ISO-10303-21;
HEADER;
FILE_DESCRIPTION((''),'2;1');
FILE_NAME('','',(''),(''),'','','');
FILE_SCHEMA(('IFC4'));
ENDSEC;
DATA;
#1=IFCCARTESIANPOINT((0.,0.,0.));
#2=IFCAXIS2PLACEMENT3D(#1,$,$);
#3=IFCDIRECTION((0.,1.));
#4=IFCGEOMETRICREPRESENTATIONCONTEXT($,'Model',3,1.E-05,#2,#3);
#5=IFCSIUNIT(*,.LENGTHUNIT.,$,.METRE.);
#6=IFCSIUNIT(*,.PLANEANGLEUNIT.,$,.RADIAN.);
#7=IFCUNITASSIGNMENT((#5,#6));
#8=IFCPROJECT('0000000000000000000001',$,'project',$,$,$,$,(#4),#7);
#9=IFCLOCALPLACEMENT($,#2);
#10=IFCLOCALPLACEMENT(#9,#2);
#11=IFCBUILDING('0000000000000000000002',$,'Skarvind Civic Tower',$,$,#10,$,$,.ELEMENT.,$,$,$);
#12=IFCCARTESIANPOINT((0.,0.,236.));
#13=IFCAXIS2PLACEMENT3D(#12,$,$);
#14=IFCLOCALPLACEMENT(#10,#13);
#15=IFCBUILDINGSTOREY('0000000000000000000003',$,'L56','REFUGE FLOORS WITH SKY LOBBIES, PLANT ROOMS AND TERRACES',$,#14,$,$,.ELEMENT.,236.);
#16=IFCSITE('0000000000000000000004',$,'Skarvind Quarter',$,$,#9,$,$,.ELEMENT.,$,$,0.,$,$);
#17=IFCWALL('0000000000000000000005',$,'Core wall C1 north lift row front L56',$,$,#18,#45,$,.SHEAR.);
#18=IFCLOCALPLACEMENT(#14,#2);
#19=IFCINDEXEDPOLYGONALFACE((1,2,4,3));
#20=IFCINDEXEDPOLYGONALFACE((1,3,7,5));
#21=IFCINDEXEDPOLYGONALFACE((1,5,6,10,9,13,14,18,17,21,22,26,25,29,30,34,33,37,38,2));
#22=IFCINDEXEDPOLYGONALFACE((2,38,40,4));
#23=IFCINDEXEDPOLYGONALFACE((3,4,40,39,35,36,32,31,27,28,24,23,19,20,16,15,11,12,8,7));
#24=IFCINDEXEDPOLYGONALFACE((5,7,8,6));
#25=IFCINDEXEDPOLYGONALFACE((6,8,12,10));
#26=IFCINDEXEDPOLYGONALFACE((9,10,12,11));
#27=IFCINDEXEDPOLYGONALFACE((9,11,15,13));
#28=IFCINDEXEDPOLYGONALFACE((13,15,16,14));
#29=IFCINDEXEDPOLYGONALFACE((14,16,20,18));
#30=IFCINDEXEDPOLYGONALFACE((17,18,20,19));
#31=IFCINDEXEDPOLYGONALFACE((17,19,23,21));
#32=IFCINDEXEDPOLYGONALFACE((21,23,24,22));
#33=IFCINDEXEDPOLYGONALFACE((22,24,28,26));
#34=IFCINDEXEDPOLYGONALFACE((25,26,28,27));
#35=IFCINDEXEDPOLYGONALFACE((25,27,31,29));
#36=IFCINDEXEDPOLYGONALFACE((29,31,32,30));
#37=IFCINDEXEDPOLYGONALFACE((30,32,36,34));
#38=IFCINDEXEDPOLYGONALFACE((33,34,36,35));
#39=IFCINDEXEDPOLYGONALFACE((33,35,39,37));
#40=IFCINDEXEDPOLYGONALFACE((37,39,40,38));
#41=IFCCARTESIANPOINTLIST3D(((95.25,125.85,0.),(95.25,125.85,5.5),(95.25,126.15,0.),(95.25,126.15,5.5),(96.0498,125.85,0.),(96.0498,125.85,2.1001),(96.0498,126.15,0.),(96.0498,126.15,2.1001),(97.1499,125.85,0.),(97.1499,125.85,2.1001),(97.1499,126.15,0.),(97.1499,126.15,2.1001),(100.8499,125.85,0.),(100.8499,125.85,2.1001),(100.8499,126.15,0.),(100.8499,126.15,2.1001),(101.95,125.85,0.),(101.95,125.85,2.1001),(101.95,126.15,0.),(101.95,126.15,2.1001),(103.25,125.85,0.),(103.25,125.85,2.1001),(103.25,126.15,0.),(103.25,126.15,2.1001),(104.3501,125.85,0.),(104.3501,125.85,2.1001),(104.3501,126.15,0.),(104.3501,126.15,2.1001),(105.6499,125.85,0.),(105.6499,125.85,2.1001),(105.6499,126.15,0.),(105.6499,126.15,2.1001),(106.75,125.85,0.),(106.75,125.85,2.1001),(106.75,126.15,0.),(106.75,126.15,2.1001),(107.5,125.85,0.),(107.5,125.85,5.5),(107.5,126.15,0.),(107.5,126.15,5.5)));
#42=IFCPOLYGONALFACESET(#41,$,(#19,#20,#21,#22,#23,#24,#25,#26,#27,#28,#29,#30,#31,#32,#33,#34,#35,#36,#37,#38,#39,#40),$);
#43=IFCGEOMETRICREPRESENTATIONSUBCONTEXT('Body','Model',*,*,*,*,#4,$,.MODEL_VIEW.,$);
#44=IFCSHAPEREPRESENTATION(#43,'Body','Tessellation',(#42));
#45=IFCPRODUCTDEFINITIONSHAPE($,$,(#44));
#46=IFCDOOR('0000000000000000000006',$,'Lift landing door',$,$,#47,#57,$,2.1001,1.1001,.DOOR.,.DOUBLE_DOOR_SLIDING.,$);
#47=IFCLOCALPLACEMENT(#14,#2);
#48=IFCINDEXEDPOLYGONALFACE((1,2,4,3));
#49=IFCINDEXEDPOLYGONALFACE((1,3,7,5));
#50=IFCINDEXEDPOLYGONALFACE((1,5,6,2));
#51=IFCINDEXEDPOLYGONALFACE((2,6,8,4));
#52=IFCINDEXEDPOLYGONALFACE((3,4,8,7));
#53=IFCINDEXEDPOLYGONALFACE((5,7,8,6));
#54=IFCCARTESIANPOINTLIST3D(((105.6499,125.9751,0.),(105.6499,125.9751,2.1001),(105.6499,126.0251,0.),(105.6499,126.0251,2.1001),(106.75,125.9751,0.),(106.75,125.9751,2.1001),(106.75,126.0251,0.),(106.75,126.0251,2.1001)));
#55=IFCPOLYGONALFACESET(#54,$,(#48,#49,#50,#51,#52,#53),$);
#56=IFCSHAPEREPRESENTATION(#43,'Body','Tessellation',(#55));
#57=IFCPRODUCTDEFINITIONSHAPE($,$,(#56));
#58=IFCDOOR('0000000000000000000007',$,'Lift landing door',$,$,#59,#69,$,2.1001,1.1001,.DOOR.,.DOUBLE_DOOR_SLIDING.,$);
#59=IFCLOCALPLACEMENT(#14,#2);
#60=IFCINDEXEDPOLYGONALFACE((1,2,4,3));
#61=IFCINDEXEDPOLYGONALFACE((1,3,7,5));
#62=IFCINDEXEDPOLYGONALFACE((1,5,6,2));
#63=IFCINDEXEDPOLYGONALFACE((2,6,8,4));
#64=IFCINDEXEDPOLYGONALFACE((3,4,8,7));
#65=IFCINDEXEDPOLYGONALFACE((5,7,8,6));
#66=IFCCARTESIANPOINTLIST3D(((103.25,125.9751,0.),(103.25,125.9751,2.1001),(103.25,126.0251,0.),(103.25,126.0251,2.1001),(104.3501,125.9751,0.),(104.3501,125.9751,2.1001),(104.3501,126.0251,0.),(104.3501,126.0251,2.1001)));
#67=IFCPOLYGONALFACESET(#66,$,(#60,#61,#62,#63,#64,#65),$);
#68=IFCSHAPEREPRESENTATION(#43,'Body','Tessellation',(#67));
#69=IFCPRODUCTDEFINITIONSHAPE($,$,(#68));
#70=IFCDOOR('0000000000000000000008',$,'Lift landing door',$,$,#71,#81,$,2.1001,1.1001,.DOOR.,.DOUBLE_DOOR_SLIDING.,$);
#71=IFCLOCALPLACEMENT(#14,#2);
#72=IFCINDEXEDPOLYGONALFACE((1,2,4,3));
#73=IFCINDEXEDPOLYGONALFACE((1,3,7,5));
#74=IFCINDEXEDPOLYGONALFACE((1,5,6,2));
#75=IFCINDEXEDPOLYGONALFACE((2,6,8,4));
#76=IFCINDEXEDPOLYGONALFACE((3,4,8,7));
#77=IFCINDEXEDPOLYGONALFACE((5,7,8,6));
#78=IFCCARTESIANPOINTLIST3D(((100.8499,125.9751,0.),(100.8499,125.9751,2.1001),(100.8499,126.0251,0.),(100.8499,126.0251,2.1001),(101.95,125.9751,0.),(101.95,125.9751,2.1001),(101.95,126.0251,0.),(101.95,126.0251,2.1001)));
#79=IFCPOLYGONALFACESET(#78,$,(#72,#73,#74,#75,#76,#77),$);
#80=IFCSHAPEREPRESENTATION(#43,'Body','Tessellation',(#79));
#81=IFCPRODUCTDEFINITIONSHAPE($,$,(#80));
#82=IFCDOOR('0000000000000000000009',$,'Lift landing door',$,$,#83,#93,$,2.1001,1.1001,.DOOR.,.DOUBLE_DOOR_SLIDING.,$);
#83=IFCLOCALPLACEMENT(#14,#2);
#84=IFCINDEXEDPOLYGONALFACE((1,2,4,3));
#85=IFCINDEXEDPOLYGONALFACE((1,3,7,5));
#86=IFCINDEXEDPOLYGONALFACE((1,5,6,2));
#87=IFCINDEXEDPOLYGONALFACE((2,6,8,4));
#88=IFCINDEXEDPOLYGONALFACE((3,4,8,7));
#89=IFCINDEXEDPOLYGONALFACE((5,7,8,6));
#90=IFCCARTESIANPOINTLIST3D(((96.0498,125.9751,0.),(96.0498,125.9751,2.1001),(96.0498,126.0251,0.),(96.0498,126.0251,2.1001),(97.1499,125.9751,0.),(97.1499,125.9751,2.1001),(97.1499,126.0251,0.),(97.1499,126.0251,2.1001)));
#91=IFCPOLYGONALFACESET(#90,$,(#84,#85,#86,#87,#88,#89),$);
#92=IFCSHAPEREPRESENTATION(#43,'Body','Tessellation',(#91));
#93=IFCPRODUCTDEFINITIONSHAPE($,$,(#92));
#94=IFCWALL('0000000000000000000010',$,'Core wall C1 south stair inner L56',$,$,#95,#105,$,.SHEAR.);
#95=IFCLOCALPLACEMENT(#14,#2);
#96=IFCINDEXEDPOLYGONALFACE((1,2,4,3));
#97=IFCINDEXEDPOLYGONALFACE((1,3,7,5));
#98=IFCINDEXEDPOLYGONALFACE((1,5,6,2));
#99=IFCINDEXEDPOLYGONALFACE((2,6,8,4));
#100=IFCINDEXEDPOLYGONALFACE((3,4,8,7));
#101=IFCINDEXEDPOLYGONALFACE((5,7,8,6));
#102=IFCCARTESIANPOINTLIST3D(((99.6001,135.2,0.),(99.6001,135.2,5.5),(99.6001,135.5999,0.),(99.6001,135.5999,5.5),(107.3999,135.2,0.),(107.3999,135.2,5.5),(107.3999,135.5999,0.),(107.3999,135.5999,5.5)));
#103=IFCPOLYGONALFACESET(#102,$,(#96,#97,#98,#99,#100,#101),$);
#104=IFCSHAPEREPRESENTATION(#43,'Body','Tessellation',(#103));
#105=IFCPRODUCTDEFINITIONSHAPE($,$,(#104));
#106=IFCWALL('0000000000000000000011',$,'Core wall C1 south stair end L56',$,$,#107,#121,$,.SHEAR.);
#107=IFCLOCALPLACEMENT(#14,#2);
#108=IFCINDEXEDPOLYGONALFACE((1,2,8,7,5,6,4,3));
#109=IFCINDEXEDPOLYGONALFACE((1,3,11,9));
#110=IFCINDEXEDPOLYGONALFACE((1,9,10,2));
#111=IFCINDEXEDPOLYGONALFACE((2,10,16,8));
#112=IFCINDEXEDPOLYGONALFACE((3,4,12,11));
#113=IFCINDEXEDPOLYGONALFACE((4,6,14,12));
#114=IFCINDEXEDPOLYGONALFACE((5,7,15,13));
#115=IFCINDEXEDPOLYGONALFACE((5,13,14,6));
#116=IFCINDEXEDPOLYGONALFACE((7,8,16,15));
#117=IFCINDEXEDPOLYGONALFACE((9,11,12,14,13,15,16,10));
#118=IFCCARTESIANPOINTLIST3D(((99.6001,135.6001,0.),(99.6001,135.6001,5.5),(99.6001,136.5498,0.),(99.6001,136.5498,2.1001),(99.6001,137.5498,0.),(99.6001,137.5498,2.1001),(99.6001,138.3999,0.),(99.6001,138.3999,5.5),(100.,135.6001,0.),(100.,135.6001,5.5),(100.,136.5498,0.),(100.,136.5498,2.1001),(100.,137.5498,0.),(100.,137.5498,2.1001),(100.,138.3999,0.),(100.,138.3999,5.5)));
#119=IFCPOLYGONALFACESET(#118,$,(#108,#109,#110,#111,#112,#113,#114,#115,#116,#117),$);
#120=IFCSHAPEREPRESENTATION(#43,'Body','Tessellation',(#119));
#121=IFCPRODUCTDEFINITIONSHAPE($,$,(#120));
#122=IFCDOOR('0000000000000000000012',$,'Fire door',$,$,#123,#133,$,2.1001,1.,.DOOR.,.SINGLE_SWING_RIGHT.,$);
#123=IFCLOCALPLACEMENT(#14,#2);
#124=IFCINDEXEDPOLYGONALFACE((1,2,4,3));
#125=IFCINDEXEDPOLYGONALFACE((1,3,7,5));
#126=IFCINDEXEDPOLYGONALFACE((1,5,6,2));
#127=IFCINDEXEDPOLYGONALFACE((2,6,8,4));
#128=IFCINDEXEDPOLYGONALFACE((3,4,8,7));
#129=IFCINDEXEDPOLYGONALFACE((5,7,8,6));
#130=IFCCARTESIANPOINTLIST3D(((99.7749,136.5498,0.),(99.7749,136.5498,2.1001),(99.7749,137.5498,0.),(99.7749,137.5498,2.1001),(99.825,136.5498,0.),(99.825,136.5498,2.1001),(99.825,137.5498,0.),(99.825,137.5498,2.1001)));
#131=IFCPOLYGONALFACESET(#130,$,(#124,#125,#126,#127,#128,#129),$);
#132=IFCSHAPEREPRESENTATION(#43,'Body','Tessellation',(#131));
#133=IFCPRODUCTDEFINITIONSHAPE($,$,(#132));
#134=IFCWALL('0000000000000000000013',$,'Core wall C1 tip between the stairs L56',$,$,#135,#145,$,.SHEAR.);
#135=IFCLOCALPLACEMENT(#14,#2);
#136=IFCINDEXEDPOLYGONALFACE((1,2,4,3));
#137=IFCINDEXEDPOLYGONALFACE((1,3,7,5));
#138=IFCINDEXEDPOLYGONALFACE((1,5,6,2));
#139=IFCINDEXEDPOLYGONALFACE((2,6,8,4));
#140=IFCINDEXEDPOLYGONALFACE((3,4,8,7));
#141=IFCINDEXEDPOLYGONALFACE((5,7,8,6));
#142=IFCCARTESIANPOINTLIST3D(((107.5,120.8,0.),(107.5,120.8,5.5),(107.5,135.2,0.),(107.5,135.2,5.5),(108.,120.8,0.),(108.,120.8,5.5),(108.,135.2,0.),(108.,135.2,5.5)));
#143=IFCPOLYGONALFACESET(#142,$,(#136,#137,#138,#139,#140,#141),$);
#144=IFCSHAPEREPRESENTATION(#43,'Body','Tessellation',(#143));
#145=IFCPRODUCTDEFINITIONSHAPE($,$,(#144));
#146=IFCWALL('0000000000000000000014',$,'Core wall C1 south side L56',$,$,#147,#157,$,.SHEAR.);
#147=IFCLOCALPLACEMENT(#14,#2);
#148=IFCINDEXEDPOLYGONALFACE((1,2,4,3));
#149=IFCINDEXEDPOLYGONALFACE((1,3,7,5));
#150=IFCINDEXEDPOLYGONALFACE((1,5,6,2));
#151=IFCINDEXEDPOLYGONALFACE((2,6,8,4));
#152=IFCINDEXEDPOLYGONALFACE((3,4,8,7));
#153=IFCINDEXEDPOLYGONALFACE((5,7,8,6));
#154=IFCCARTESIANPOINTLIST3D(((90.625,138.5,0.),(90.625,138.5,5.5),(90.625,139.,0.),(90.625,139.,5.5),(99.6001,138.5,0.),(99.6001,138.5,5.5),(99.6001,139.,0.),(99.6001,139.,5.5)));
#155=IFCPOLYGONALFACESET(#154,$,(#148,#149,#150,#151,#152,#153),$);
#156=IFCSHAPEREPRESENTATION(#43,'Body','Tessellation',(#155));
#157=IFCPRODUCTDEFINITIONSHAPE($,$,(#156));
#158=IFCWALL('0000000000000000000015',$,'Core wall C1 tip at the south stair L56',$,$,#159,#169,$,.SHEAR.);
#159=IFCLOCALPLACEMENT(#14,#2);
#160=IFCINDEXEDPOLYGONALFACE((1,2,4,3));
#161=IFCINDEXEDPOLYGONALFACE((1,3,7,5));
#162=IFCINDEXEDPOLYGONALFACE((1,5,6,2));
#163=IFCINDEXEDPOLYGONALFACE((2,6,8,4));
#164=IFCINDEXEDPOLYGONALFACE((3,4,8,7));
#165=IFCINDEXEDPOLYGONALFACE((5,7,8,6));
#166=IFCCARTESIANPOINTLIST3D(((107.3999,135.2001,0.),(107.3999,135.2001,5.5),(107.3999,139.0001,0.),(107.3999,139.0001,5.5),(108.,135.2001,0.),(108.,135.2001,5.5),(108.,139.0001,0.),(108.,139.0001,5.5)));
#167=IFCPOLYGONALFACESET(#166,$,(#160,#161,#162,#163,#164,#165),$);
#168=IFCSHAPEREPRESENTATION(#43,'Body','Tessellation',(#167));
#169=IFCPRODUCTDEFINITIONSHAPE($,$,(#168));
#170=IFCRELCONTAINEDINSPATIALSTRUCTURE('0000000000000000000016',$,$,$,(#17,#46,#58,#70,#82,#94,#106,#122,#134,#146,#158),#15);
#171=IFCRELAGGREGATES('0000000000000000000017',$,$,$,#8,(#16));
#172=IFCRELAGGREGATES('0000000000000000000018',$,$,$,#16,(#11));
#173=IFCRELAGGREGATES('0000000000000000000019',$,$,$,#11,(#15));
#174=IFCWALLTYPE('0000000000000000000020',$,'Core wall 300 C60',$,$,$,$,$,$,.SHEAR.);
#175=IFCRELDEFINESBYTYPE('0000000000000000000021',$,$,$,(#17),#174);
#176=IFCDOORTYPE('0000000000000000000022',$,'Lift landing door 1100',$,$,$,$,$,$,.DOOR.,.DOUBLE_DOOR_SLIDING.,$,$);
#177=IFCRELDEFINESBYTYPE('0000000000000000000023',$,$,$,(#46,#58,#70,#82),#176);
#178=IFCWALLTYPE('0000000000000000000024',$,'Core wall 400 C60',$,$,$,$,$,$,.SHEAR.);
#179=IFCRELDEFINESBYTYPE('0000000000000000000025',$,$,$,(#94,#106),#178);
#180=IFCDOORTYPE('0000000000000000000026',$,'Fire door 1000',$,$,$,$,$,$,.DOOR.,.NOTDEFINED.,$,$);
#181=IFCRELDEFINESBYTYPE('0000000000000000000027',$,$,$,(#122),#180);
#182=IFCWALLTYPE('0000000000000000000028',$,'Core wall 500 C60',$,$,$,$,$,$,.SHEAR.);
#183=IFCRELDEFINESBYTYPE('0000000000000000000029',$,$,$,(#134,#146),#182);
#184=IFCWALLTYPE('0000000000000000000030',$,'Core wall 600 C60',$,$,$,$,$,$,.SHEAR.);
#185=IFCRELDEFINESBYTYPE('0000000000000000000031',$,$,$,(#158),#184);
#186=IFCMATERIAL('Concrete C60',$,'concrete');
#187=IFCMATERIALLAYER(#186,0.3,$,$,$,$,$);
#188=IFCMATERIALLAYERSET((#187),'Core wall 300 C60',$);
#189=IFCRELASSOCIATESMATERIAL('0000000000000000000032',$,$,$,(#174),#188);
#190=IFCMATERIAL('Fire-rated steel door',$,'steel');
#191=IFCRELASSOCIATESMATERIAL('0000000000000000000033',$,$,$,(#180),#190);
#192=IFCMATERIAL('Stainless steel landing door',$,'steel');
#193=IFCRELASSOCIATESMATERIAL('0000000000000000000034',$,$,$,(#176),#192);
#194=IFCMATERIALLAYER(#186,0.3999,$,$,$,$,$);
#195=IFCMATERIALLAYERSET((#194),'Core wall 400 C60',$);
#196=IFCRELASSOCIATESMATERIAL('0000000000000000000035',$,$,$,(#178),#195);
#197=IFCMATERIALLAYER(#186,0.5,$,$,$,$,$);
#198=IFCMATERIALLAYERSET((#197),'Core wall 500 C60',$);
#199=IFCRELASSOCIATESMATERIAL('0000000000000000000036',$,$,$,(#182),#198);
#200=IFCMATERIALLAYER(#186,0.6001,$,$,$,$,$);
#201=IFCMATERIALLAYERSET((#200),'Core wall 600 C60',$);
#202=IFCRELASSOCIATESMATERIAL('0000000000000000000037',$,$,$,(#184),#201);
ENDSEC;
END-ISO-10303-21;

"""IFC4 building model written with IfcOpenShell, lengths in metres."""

from ifc_helpers import new_model, si_unit, direction, frame, frame_2d, origin, place, context, subcontext, project, spatial, rectangle, extrude, material, layer, layer_set, type_object, element, fill, save


model = new_model("IFC4")

# Units and contexts
model_context = context("Model", 3, precision=1e-05, world=origin(), true_north=direction((0.0, 1.0)))
body_context = subcontext(model_context, "Body", "Model", "MODEL_VIEW")
ifc_project = project(units=[si_unit("LENGTHUNIT", "METRE"), si_unit("PLANEANGLEUNIT", "RADIAN")], contexts=[model_context])

# Site, building, storey
site_placement = place(None, origin())
site = spatial("IfcSite", under=ifc_project, at=site_placement, Name="Skarvind Quarter", CompositionType="ELEMENT", RefElevation=0.0)
building_placement = place(site_placement, origin())
building = spatial("IfcBuilding", under=site, at=building_placement, Name="Skarvind Civic Tower", CompositionType="ELEMENT")
storey_placement = place(building_placement, frame((0.0, 0.0, 236.0)))
storey = spatial("IfcBuildingStorey", under=building, at=storey_placement, Name="L56", Description="REFUGE FLOORS WITH SKY LOBBIES, PLANT ROOMS AND TERRACES", CompositionType="ELEMENT", Elevation=236.0)

# Shared definitions
ifc_material_1 = material(Name="Concrete C60", Category="concrete")
ifc_layer_1 = layer(ifc_material_1, 0.3)
ifc_layer_set_1 = layer_set([ifc_layer_1], Name="Core wall 300 C60")
wall_type_1 = type_object("IfcWallType", Name="Core wall 300 C60", PredefinedType="SHEAR", material=ifc_layer_set_1)
ifc_material_2 = material(Name="Fire-rated steel door", Category="steel")
door_type_1 = type_object("IfcDoorType", Name="Fire door 1000", OperationType="NOTDEFINED", PredefinedType="DOOR", material=ifc_material_2)

# Shared definitions
ifc_material_3 = material(Name="Stainless steel landing door", Category="steel")
door_type_2 = type_object("IfcDoorType", Name="Lift landing door 1100", OperationType="DOUBLE_DOOR_SLIDING", PredefinedType="DOOR", material=ifc_material_3)

# Wall, openings, doors
wall_1_placement = place(storey_placement, frame((107.5, 126.0, 0.0), z_axis=(0.0, 0.0, 1.0), x_axis=(-1.0, 0.0, 0.0)))
wall_1 = element("IfcWall", 1, at=wall_1_placement, inside=storey, type_object=wall_type_1, Name="Core wall C1 north lift row front L56", PredefinedType="SHEAR", context=body_context, shape_type="SweptSolid", body=[
    extrude(rectangle(XDim=12.25, YDim=0.3, at=frame_2d((6.125, 0.0))), origin(), (0.0, 0.0, 1.0), 5.5),
])
opening_1_placement = place(wall_1_placement, frame((0.75, 0.0, 0.0)))
opening_1 = element("IfcOpeningElement", 2, at=opening_1_placement, cuts=wall_1, PredefinedType="OPENING", context=body_context, shape_type="SweptSolid", body=[
    extrude(rectangle(XDim=1.1001, YDim=2.1001, at=frame_2d((0.55, 1.05))), frame((0.0, 0.1599, 0.0), z_axis=(0.0, -1.0, 0.0), x_axis=(1.0, 0.0, 0.0)), (0.0, 0.0, 1.0), 0.3201),
])
opening_2_placement = place(wall_1_placement, frame((3.1499, 0.0, 0.0)))
opening_2 = element("IfcOpeningElement", 3, at=opening_2_placement, cuts=wall_1, PredefinedType="OPENING", context=body_context, shape_type="SweptSolid", body=[
    extrude(rectangle(XDim=1.1001, YDim=2.1001, at=frame_2d((0.55, 1.05))), frame((0.0, 0.1599, 0.0), z_axis=(0.0, -1.0, 0.0), x_axis=(1.0, 0.0, 0.0)), (0.0, 0.0, 1.0), 0.3201),
])
opening_3_placement = place(wall_1_placement, frame((5.55, 0.0, 0.0)))
opening_3 = element("IfcOpeningElement", 4, at=opening_3_placement, cuts=wall_1, PredefinedType="OPENING", context=body_context, shape_type="SweptSolid", body=[
    extrude(rectangle(XDim=1.1001, YDim=2.1001, at=frame_2d((0.55, 1.05))), frame((0.0, 0.1599, 0.0), z_axis=(0.0, -1.0, 0.0), x_axis=(1.0, 0.0, 0.0)), (0.0, 0.0, 1.0), 0.3201),
])
opening_4_placement = place(wall_1_placement, frame((10.3501, 0.0, 0.0)))
opening_4 = element("IfcOpeningElement", 5, at=opening_4_placement, cuts=wall_1, PredefinedType="OPENING", context=body_context, shape_type="SweptSolid", body=[
    extrude(rectangle(XDim=1.1001, YDim=2.1001, at=frame_2d((0.55, 1.05))), frame((0.0, 0.1599, 0.0), z_axis=(0.0, -1.0, 0.0), x_axis=(1.0, 0.0, 0.0)), (0.0, 0.0, 1.0), 0.3201),
])
door_1_placement = place(opening_1_placement, origin())
door_1 = element("IfcDoor", 6, at=door_1_placement, inside=storey, type_object=door_type_2, Name="Lift landing door", OperationType="DOUBLE_DOOR_SLIDING", OverallHeight=2.1001, OverallWidth=1.1001, PredefinedType="DOOR", context=body_context, shape_type="SweptSolid", body=[
    extrude(rectangle(XDim=1.1001, YDim=2.1001, at=frame_2d((0.55, 1.05))), frame((0.0, 0.0249, 0.0), z_axis=(0.0, -1.0, 0.0), x_axis=(1.0, 0.0, 0.0)), (0.0, 0.0, 1.0), 0.05),
])
fill(opening_1, door_1)
door_2_placement = place(opening_2_placement, origin())
door_2 = element("IfcDoor", 7, at=door_2_placement, inside=storey, type_object=door_type_2, Name="Lift landing door", OperationType="DOUBLE_DOOR_SLIDING", OverallHeight=2.1001, OverallWidth=1.1001, PredefinedType="DOOR", context=body_context, shape_type="SweptSolid", body=[
    extrude(rectangle(XDim=1.1001, YDim=2.1001, at=frame_2d((0.55, 1.05))), frame((0.0, 0.0249, 0.0), z_axis=(0.0, -1.0, 0.0), x_axis=(1.0, 0.0, 0.0)), (0.0, 0.0, 1.0), 0.05),
])
fill(opening_2, door_2)
door_3_placement = place(opening_3_placement, origin())
door_3 = element("IfcDoor", 8, at=door_3_placement, inside=storey, type_object=door_type_2, Name="Lift landing door", OperationType="DOUBLE_DOOR_SLIDING", OverallHeight=2.1001, OverallWidth=1.1001, PredefinedType="DOOR", context=body_context, shape_type="SweptSolid", body=[
    extrude(rectangle(XDim=1.1001, YDim=2.1001, at=frame_2d((0.55, 1.05))), frame((0.0, 0.0249, 0.0), z_axis=(0.0, -1.0, 0.0), x_axis=(1.0, 0.0, 0.0)), (0.0, 0.0, 1.0), 0.05),
])
fill(opening_3, door_3)
door_4_placement = place(opening_4_placement, origin())
door_4 = element("IfcDoor", 9, at=door_4_placement, inside=storey, type_object=door_type_2, Name="Lift landing door", OperationType="DOUBLE_DOOR_SLIDING", OverallHeight=2.1001, OverallWidth=1.1001, PredefinedType="DOOR", context=body_context, shape_type="SweptSolid", body=[
    extrude(rectangle(XDim=1.1001, YDim=2.1001, at=frame_2d((0.55, 1.05))), frame((0.0, 0.0249, 0.0), z_axis=(0.0, -1.0, 0.0), x_axis=(1.0, 0.0, 0.0)), (0.0, 0.0, 1.0), 0.05),
])
fill(opening_4, door_4)

# Wall
ifc_layer_2 = layer(ifc_material_1, 0.3999)
ifc_layer_set_2 = layer_set([ifc_layer_2], Name="Core wall 400 C60")
wall_type_2 = type_object("IfcWallType", Name="Core wall 400 C60", PredefinedType="SHEAR", material=ifc_layer_set_2)
wall_2_placement = place(storey_placement, frame((107.3999, 135.3999, 0.0), z_axis=(0.0, 0.0, 1.0), x_axis=(-1.0, 0.0, 0.0)))
element("IfcWall", 10, at=wall_2_placement, inside=storey, type_object=wall_type_2, Name="Core wall C1 south stair inner L56", PredefinedType="SHEAR", context=body_context, shape_type="SweptSolid", body=[
    extrude(rectangle(XDim=7.7998, YDim=0.3999, at=frame_2d((3.8999, 0.0))), origin(), (0.0, 0.0, 1.0), 5.5),
])

# Wall, opening, door
wall_3_placement = place(storey_placement, frame((99.8, 138.3999, 0.0), z_axis=(0.0, 0.0, 1.0), x_axis=(0.0, -1.0, 0.0)))
wall_3 = element("IfcWall", 11, at=wall_3_placement, inside=storey, type_object=wall_type_2, Name="Core wall C1 south stair end L56", PredefinedType="SHEAR", context=body_context, shape_type="SweptSolid", body=[
    extrude(rectangle(XDim=2.7998, YDim=0.3999, at=frame_2d((1.3999, 0.0))), origin(), (0.0, 0.0, 1.0), 5.5),
])
opening_5_placement = place(wall_3_placement, frame((0.8501, 0.0, 0.0)))
opening_5 = element("IfcOpeningElement", 12, at=opening_5_placement, cuts=wall_3, PredefinedType="OPENING", context=body_context, shape_type="SweptSolid", body=[
    extrude(rectangle(XDim=1.0, YDim=2.1001, at=frame_2d((0.5, 1.05))), frame((0.0, 0.21, 0.0), z_axis=(0.0, -1.0, 0.0), x_axis=(1.0, 0.0, 0.0)), (0.0, 0.0, 1.0), 0.4199),
])
door_5_placement = place(opening_5_placement, origin())
door_5 = element("IfcDoor", 13, at=door_5_placement, inside=storey, type_object=door_type_1, Name="Fire door", OperationType="SINGLE_SWING_RIGHT", OverallHeight=2.1001, OverallWidth=1.0, PredefinedType="DOOR", context=body_context, shape_type="SweptSolid", body=[
    extrude(rectangle(XDim=1.0, YDim=2.1001, at=frame_2d((0.5, 1.05))), frame((0.0, 0.0249, 0.0), z_axis=(0.0, -1.0, 0.0), x_axis=(1.0, 0.0, 0.0)), (0.0, 0.0, 1.0), 0.05),
])
fill(opening_5, door_5)

# Walls
ifc_layer_3 = layer(ifc_material_1, 0.5)
ifc_layer_set_3 = layer_set([ifc_layer_3], Name="Core wall 500 C60")
wall_type_3 = type_object("IfcWallType", Name="Core wall 500 C60", PredefinedType="SHEAR", material=ifc_layer_set_3)
wall_4_placement = place(storey_placement, frame((107.75, 135.2, 0.0), z_axis=(0.0, 0.0, 1.0), x_axis=(0.0, -1.0, 0.0)))
element("IfcWall", 14, at=wall_4_placement, inside=storey, type_object=wall_type_3, Name="Core wall C1 tip between the stairs L56", PredefinedType="SHEAR", context=body_context, shape_type="SweptSolid", body=[
    extrude(rectangle(XDim=14.3999, YDim=0.5, at=frame_2d((7.2, 0.0))), origin(), (0.0, 0.0, 1.0), 5.5),
])
wall_5_placement = place(storey_placement, frame((99.6001, 138.75, 0.0), z_axis=(0.0, 0.0, 1.0), x_axis=(-1.0, 0.0, 0.0)))
element("IfcWall", 15, at=wall_5_placement, inside=storey, type_object=wall_type_3, Name="Core wall C1 south side L56", PredefinedType="SHEAR", context=body_context, shape_type="SweptSolid", body=[
    extrude(rectangle(XDim=8.9751, YDim=0.5, at=frame_2d((4.4875, 0.0))), origin(), (0.0, 0.0, 1.0), 5.5),
])
ifc_layer_4 = layer(ifc_material_1, 0.6001)
ifc_layer_set_4 = layer_set([ifc_layer_4], Name="Core wall 600 C60")
wall_type_4 = type_object("IfcWallType", Name="Core wall 600 C60", PredefinedType="SHEAR", material=ifc_layer_set_4)
wall_6_placement = place(storey_placement, frame((107.7, 139.0, 0.0), z_axis=(0.0, 0.0, 1.0), x_axis=(0.0, -1.0, 0.0)))
element("IfcWall", 16, at=wall_6_placement, inside=storey, type_object=wall_type_4, Name="Core wall C1 tip at the south stair L56", PredefinedType="SHEAR", context=body_context, shape_type="SweptSolid", body=[
    extrude(rectangle(XDim=3.8, YDim=0.6001, at=frame_2d((1.8999, 0.0))), origin(), (0.0, 0.0, 1.0), 5.5),
])

save(model, "model.ifc")
